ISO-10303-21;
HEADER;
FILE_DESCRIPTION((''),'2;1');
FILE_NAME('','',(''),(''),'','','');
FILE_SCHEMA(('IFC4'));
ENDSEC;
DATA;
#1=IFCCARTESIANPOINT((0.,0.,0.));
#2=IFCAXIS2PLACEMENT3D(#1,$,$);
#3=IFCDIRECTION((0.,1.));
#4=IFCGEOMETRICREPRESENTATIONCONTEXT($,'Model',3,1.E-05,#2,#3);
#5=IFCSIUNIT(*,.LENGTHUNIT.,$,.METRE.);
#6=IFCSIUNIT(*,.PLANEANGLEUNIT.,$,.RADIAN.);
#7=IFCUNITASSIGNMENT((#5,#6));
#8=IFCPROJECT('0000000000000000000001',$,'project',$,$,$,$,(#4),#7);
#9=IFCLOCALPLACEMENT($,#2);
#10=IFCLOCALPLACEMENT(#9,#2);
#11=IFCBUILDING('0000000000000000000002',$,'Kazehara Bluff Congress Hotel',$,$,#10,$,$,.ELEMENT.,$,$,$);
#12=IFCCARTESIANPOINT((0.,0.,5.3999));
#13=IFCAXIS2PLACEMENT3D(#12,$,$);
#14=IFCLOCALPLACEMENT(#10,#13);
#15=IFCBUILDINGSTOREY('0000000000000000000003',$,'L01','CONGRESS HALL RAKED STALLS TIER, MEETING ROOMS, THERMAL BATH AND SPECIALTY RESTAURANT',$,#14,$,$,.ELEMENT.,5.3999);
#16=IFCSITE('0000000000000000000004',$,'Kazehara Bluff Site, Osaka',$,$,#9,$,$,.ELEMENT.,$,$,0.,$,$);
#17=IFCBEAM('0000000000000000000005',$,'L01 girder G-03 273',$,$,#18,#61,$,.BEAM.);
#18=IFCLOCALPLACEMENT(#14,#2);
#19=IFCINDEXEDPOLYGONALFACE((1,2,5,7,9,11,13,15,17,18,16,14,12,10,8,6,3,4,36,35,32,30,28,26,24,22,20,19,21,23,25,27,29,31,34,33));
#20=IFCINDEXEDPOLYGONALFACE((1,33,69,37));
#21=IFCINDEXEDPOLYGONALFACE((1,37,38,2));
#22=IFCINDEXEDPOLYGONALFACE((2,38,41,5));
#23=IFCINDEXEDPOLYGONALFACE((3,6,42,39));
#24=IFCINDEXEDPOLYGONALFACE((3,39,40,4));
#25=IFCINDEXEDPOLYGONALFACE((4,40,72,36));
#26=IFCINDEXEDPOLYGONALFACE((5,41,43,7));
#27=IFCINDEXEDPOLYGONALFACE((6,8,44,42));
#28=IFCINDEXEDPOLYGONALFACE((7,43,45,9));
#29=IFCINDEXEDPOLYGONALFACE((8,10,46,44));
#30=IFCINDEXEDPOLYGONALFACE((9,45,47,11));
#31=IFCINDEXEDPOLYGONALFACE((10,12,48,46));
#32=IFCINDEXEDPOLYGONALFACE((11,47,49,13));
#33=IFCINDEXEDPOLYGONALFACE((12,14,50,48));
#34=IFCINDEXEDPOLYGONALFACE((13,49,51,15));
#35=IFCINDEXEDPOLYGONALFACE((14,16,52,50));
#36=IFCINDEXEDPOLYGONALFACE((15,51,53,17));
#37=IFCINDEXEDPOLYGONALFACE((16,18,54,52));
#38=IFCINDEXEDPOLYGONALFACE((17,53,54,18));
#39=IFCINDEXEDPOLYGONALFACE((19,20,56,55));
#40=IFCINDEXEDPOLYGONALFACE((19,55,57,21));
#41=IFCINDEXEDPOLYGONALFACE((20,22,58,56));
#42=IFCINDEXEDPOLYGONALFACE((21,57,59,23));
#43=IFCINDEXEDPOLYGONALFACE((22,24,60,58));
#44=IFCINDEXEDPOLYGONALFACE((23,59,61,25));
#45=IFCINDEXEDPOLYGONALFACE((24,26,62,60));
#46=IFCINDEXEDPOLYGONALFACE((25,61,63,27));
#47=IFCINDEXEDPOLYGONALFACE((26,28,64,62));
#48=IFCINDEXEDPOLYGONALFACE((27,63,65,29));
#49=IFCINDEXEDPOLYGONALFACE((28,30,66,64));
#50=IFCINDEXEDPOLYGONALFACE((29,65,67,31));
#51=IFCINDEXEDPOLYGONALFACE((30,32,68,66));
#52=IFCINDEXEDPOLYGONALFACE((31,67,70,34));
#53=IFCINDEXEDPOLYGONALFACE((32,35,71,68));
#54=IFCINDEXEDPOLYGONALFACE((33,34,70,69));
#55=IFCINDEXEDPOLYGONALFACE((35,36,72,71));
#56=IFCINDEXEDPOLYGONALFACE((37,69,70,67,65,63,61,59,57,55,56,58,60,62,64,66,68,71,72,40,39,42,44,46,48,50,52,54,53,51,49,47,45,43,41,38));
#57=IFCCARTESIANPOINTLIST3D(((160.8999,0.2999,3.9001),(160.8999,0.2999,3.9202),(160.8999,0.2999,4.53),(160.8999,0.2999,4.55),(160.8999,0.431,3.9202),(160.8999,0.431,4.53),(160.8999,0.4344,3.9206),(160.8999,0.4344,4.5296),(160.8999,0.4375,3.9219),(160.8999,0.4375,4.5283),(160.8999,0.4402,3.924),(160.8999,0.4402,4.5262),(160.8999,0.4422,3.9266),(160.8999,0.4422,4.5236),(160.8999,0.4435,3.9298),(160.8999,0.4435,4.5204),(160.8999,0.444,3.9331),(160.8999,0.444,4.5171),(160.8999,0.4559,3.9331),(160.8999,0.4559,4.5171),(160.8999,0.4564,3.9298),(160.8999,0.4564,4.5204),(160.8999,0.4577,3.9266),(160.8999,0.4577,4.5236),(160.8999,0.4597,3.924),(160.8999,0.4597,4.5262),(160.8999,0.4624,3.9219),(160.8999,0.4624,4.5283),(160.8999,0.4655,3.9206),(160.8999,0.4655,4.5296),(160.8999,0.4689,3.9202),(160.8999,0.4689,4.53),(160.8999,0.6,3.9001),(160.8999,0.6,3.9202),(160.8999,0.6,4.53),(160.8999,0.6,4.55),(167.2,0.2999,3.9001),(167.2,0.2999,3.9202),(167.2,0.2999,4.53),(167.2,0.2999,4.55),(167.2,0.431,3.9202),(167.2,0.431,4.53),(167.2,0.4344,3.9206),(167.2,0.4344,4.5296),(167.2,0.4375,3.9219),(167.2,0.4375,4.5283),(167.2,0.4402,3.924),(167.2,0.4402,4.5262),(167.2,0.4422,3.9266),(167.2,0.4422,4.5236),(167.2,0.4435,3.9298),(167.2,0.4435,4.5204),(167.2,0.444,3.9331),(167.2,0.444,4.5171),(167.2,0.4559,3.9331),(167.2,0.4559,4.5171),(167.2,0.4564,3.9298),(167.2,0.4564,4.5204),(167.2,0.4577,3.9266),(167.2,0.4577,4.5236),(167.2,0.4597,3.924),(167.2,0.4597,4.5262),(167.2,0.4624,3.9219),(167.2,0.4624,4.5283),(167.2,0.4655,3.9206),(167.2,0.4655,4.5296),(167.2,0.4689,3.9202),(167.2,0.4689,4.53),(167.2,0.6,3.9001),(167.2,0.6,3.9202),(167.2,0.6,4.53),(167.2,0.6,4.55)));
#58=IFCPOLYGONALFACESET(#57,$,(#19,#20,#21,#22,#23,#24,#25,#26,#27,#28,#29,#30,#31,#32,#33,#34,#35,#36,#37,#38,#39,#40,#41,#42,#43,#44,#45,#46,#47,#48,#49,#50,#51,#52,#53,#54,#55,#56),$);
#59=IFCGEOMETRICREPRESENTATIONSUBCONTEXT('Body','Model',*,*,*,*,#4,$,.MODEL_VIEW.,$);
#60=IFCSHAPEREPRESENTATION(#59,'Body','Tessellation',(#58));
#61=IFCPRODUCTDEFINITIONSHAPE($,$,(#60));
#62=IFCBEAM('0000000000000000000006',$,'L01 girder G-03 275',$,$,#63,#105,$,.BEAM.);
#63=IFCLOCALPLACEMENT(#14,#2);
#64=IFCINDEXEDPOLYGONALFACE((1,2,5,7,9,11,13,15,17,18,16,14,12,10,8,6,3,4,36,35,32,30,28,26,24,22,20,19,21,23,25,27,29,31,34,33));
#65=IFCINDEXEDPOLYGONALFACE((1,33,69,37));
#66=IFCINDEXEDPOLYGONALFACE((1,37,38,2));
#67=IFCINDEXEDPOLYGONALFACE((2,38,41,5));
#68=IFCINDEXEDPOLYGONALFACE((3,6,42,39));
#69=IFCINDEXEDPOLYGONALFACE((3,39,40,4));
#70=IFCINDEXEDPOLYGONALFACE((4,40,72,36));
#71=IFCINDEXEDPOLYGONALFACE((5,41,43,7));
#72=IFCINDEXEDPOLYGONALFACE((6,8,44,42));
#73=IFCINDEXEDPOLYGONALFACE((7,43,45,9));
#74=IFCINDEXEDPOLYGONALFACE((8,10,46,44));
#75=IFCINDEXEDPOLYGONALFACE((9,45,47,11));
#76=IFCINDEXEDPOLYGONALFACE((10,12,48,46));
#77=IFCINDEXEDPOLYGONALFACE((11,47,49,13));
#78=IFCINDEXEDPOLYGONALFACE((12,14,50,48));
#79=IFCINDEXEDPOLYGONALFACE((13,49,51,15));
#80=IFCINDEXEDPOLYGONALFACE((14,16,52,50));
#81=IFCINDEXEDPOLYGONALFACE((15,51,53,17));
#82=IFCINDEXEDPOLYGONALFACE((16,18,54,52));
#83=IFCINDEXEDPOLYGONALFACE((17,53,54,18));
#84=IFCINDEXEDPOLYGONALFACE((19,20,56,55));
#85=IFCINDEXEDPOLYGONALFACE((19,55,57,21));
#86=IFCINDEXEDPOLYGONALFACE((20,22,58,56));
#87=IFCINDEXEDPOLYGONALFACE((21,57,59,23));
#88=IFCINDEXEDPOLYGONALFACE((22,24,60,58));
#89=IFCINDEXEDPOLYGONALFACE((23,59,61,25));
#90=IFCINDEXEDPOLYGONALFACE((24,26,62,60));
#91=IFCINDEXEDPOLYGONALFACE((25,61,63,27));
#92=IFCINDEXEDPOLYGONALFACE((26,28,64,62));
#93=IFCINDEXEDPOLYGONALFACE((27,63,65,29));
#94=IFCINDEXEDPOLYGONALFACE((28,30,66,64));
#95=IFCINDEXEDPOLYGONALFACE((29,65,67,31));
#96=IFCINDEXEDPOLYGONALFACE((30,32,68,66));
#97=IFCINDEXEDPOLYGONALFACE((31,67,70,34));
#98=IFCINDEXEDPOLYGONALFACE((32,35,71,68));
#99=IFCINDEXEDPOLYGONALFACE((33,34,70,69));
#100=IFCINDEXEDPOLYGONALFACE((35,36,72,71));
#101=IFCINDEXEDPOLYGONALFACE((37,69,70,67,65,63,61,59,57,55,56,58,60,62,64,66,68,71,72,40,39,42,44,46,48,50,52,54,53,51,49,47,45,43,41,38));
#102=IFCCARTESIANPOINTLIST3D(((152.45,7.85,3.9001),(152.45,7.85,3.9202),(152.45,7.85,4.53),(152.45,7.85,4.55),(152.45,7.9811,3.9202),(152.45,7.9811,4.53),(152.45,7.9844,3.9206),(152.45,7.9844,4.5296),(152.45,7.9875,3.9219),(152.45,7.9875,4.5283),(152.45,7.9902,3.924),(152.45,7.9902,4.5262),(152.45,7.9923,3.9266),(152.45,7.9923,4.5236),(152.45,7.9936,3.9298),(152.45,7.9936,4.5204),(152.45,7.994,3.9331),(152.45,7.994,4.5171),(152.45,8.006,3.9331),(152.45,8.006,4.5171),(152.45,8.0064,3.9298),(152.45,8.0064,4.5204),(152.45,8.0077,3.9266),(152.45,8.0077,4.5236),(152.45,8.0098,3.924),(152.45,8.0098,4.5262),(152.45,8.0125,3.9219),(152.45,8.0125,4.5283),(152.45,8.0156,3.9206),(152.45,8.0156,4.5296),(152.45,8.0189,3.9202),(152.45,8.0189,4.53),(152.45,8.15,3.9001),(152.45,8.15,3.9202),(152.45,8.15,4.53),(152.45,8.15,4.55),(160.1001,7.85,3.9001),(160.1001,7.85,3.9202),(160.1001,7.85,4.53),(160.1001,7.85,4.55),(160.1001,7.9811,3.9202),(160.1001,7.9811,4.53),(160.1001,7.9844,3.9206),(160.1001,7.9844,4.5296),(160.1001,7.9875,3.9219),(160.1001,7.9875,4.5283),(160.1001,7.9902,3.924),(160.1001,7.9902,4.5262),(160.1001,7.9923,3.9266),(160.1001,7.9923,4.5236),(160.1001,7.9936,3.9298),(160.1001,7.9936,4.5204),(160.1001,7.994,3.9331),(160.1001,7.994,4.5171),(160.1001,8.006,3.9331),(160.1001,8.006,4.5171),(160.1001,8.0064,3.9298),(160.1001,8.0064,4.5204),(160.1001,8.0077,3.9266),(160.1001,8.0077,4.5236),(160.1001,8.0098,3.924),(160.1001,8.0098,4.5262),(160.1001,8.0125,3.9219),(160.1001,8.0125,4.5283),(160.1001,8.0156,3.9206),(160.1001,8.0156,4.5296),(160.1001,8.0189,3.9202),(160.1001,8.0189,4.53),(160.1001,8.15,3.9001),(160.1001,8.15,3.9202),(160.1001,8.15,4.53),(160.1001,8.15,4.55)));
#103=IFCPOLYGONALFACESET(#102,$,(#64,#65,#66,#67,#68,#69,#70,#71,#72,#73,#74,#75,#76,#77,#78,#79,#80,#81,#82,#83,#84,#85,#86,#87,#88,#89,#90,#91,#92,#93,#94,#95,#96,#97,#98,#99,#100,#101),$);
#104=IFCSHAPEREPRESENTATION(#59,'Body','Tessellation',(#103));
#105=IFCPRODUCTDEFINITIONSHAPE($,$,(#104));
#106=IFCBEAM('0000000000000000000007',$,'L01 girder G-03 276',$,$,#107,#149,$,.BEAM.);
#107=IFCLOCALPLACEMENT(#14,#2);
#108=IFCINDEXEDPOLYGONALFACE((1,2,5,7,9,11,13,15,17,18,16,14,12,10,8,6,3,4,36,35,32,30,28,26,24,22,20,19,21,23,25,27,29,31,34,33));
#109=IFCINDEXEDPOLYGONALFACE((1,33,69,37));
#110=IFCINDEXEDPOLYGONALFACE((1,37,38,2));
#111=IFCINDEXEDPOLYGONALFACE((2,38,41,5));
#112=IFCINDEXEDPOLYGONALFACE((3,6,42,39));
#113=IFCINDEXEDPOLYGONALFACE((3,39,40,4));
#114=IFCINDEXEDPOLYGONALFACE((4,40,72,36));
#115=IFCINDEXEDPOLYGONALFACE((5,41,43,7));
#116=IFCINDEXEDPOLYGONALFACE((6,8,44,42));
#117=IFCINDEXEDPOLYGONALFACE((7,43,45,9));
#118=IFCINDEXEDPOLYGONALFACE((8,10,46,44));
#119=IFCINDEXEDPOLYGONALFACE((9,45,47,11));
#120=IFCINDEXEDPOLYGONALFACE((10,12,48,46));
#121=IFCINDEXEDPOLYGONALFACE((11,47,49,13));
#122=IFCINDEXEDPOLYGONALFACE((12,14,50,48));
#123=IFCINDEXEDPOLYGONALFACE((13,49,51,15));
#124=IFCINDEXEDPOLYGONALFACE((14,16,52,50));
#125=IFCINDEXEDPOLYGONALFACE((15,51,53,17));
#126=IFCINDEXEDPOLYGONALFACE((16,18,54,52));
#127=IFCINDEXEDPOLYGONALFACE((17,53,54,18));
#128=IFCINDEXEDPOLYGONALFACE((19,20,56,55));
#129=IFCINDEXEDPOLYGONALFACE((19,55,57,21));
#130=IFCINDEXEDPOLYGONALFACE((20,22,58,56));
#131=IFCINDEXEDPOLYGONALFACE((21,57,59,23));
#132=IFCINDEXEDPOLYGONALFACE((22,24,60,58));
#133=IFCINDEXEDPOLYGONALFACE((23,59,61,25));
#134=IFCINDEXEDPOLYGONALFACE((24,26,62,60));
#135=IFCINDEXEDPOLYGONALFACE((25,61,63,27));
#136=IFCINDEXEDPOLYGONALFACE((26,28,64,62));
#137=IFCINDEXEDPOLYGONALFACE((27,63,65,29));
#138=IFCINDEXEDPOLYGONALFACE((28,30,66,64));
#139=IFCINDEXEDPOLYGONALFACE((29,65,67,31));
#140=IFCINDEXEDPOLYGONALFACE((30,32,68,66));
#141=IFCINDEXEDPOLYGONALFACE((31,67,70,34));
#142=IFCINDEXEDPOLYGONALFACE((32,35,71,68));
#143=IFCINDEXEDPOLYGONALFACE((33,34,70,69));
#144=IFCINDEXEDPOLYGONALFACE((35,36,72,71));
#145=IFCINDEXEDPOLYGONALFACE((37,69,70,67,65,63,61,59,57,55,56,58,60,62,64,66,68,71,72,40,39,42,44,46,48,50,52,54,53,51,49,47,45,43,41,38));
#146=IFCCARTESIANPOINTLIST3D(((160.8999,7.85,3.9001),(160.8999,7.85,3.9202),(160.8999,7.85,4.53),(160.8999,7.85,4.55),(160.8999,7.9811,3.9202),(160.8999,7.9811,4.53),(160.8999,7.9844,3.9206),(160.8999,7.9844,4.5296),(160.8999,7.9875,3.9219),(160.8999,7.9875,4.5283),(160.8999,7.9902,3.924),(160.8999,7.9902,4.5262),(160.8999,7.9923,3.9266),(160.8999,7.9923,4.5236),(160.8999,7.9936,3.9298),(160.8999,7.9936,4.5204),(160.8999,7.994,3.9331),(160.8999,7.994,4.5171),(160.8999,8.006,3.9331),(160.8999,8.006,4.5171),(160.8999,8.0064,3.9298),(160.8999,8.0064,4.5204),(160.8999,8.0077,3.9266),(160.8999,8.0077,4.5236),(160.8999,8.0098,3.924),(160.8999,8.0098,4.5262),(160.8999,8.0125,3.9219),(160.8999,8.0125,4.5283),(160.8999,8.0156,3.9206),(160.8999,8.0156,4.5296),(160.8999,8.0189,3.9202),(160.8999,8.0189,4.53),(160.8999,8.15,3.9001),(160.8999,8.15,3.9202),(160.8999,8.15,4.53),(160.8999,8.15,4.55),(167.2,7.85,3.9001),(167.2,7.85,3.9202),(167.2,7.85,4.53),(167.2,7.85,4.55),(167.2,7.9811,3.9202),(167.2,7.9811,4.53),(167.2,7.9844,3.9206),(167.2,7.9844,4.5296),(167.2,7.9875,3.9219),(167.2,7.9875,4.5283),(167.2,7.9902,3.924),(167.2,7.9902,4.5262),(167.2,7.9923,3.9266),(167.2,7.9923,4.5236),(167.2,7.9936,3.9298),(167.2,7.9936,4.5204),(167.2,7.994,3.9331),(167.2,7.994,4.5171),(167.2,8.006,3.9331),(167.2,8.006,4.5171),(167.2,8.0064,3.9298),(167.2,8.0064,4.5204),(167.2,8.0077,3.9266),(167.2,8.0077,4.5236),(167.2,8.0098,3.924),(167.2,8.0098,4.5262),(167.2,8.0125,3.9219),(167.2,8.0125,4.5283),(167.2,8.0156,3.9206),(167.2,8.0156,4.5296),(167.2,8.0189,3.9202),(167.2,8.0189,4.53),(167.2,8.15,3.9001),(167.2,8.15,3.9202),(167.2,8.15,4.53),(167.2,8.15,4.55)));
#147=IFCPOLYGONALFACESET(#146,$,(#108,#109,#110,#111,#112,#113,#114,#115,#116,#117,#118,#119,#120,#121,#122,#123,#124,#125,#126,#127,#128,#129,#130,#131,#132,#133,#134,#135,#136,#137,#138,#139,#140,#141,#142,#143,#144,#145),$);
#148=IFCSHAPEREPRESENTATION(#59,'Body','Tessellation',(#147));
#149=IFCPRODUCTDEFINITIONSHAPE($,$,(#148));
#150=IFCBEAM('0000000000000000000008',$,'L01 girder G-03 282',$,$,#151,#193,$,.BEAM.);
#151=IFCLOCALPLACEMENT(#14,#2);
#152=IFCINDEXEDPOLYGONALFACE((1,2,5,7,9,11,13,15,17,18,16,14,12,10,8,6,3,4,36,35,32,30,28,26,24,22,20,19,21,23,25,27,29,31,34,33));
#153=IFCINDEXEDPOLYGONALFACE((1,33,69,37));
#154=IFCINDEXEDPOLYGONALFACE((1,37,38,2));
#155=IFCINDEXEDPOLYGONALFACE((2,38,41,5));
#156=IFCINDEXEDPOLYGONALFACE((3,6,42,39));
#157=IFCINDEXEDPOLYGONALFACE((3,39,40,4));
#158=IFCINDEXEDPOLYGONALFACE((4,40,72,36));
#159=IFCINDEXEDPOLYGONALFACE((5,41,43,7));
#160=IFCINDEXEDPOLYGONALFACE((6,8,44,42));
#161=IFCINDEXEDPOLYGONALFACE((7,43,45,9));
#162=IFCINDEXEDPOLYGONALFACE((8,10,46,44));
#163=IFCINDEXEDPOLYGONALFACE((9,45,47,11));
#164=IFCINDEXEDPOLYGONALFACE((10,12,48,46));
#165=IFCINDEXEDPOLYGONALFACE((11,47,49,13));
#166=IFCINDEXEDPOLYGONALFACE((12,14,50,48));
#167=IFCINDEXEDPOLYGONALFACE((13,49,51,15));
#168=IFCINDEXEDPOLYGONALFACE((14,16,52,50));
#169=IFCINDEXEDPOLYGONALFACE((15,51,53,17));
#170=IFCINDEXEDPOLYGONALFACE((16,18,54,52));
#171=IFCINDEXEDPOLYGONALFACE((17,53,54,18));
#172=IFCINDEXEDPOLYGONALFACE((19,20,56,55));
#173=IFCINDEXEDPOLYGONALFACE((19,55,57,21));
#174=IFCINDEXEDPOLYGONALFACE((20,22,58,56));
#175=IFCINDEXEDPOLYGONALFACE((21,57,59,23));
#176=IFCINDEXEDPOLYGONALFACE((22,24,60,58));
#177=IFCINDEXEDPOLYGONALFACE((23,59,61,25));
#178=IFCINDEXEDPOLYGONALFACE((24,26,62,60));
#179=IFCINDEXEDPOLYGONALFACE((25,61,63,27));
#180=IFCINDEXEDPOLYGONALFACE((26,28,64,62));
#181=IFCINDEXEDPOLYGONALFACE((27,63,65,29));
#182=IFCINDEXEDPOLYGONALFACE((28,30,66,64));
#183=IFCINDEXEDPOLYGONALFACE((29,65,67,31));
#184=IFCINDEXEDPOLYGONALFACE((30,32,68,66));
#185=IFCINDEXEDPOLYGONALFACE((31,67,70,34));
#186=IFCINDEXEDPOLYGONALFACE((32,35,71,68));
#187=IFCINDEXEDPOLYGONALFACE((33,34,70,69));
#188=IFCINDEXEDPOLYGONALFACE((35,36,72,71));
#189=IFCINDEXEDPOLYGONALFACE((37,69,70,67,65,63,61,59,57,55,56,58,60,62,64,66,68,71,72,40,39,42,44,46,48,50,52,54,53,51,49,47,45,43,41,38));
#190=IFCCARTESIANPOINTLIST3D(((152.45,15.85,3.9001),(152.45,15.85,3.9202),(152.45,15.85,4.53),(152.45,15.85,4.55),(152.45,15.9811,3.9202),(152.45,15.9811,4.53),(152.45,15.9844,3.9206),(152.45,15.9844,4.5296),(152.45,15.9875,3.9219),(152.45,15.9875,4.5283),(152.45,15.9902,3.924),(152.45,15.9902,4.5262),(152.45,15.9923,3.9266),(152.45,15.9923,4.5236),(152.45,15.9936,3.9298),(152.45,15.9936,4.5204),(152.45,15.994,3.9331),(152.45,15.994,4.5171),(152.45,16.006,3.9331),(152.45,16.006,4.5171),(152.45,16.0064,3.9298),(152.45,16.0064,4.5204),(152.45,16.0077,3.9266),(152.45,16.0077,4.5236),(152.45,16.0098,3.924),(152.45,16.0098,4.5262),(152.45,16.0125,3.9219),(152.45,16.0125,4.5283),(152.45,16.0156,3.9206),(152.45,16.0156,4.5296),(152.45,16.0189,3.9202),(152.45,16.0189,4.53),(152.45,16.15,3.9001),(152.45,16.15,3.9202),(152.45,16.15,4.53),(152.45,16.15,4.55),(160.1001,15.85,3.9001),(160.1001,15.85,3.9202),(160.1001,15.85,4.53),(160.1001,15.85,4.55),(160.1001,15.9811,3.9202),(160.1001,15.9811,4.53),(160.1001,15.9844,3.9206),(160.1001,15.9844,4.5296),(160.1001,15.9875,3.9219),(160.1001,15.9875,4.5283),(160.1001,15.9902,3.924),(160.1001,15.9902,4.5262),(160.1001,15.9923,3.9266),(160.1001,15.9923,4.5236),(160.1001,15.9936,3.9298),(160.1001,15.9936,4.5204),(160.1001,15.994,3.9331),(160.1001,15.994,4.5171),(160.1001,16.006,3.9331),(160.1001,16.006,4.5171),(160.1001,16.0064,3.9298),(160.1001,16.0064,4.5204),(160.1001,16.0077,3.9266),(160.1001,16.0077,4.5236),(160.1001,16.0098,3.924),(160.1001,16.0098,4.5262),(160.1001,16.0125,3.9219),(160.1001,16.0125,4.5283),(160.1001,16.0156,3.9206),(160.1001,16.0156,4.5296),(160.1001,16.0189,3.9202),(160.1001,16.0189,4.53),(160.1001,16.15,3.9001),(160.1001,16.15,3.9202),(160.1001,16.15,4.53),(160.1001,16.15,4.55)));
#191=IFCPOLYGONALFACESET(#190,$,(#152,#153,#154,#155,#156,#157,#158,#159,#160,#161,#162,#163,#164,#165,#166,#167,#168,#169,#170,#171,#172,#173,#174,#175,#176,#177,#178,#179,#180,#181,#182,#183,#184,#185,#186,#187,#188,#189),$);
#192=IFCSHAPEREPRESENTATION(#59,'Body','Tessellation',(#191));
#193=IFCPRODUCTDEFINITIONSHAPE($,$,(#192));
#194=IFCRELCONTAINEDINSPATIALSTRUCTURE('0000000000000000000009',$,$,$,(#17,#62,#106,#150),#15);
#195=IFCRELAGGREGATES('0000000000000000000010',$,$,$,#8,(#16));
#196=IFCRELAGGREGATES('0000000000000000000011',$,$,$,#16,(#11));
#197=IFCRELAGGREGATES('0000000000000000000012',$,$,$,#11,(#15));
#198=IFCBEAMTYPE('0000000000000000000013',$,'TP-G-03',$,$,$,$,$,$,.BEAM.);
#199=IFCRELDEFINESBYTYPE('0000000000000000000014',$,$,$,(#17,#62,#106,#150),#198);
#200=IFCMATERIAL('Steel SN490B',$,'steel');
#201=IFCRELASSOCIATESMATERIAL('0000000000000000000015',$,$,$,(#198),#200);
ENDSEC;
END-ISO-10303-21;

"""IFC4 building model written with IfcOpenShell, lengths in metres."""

from ifc_helpers import new_model, si_unit, direction, frame, origin, origin_2d, place, context, subcontext, project, spatial, i_section, extrude, material, material_profile, profile_set, type_object, element, save


model = new_model("IFC4")

# Units and contexts
model_context = context("Model", 3, precision=1e-05, world=origin(), true_north=direction((0.0, 1.0)))
body_context = subcontext(model_context, "Body", "Model", "MODEL_VIEW")
ifc_project = project(units=[si_unit("LENGTHUNIT", "METRE"), si_unit("PLANEANGLEUNIT", "RADIAN")], contexts=[model_context])

# Site, building, storey
site_placement = place(None, origin())
site = spatial("IfcSite", under=ifc_project, at=site_placement, Name="Kazehara Bluff Site, Osaka", CompositionType="ELEMENT", RefElevation=0.0)
building_placement = place(site_placement, origin())
building = spatial("IfcBuilding", under=site, at=building_placement, Name="Kazehara Bluff Congress Hotel", CompositionType="ELEMENT")
storey_placement = place(building_placement, frame((0.0, 0.0, 5.3999)))
storey = spatial("IfcBuildingStorey", under=building, at=storey_placement, Name="L01", Description="CONGRESS HALL RAKED STALLS TIER, MEETING ROOMS, THERMAL BATH AND SPECIALTY RESTAURANT", CompositionType="ELEMENT", Elevation=5.3999)

# Beams
ifc_material_1 = material(Name="Steel SN490B", Category="steel")
ifc_material_profile_1 = material_profile(ifc_material_1, i_section(OverallWidth=0.3, OverallDepth=0.6499, WebThickness=0.012, FlangeThickness=0.02, FilletRadius=0.0129, at=origin_2d()))
ifc_profile_set_1 = profile_set([ifc_material_profile_1], Name="Steel SN490B")
beam_type_1 = type_object("IfcBeamType", Name="TP-G-03", PredefinedType="BEAM", material=ifc_profile_set_1)
beam_1_placement = place(storey_placement, frame((160.8999, 0.45, 4.2251), z_axis=(1.0, 0.0, 0.0), x_axis=(0.0, 1.0, 0.0)))
element("IfcBeam", 1, at=beam_1_placement, inside=storey, type_object=beam_type_1, Name="L01 girder G-03 273", PredefinedType="BEAM", context=body_context, shape_type="SweptSolid", body=[
    extrude(i_section(OverallWidth=0.3, OverallDepth=0.6499, WebThickness=0.012, FlangeThickness=0.02, FilletRadius=0.0129, at=origin_2d()), origin(), (0.0, 0.0, 1.0), 6.3),
])
beam_2_placement = place(storey_placement, frame((152.45, 8.0, 4.2251), z_axis=(1.0, 0.0, 0.0), x_axis=(0.0, 1.0, 0.0)))
element("IfcBeam", 2, at=beam_2_placement, inside=storey, type_object=beam_type_1, Name="L01 girder G-03 275", PredefinedType="BEAM", context=body_context, shape_type="SweptSolid", body=[
    extrude(i_section(OverallWidth=0.3, OverallDepth=0.6499, WebThickness=0.012, FlangeThickness=0.02, FilletRadius=0.0129, at=origin_2d()), origin(), (0.0, 0.0, 1.0), 7.6501),
])
beam_3_placement = place(storey_placement, frame((160.8999, 8.0, 4.2251), z_axis=(1.0, 0.0, 0.0), x_axis=(0.0, 1.0, 0.0)))
element("IfcBeam", 3, at=beam_3_placement, inside=storey, type_object=beam_type_1, Name="L01 girder G-03 276", PredefinedType="BEAM", context=body_context, shape_type="SweptSolid", body=[
    extrude(i_section(OverallWidth=0.3, OverallDepth=0.6499, WebThickness=0.012, FlangeThickness=0.02, FilletRadius=0.0129, at=origin_2d()), origin(), (0.0, 0.0, 1.0), 6.3),
])
beam_4_placement = place(storey_placement, frame((152.45, 16.0, 4.2251), z_axis=(1.0, 0.0, 0.0), x_axis=(0.0, 1.0, 0.0)))
element("IfcBeam", 4, at=beam_4_placement, inside=storey, type_object=beam_type_1, Name="L01 girder G-03 282", PredefinedType="BEAM", context=body_context, shape_type="SweptSolid", body=[
    extrude(i_section(OverallWidth=0.3, OverallDepth=0.6499, WebThickness=0.012, FlangeThickness=0.02, FilletRadius=0.0129, at=origin_2d()), origin(), (0.0, 0.0, 1.0), 7.6501),
])

save(model, "model.ifc")
